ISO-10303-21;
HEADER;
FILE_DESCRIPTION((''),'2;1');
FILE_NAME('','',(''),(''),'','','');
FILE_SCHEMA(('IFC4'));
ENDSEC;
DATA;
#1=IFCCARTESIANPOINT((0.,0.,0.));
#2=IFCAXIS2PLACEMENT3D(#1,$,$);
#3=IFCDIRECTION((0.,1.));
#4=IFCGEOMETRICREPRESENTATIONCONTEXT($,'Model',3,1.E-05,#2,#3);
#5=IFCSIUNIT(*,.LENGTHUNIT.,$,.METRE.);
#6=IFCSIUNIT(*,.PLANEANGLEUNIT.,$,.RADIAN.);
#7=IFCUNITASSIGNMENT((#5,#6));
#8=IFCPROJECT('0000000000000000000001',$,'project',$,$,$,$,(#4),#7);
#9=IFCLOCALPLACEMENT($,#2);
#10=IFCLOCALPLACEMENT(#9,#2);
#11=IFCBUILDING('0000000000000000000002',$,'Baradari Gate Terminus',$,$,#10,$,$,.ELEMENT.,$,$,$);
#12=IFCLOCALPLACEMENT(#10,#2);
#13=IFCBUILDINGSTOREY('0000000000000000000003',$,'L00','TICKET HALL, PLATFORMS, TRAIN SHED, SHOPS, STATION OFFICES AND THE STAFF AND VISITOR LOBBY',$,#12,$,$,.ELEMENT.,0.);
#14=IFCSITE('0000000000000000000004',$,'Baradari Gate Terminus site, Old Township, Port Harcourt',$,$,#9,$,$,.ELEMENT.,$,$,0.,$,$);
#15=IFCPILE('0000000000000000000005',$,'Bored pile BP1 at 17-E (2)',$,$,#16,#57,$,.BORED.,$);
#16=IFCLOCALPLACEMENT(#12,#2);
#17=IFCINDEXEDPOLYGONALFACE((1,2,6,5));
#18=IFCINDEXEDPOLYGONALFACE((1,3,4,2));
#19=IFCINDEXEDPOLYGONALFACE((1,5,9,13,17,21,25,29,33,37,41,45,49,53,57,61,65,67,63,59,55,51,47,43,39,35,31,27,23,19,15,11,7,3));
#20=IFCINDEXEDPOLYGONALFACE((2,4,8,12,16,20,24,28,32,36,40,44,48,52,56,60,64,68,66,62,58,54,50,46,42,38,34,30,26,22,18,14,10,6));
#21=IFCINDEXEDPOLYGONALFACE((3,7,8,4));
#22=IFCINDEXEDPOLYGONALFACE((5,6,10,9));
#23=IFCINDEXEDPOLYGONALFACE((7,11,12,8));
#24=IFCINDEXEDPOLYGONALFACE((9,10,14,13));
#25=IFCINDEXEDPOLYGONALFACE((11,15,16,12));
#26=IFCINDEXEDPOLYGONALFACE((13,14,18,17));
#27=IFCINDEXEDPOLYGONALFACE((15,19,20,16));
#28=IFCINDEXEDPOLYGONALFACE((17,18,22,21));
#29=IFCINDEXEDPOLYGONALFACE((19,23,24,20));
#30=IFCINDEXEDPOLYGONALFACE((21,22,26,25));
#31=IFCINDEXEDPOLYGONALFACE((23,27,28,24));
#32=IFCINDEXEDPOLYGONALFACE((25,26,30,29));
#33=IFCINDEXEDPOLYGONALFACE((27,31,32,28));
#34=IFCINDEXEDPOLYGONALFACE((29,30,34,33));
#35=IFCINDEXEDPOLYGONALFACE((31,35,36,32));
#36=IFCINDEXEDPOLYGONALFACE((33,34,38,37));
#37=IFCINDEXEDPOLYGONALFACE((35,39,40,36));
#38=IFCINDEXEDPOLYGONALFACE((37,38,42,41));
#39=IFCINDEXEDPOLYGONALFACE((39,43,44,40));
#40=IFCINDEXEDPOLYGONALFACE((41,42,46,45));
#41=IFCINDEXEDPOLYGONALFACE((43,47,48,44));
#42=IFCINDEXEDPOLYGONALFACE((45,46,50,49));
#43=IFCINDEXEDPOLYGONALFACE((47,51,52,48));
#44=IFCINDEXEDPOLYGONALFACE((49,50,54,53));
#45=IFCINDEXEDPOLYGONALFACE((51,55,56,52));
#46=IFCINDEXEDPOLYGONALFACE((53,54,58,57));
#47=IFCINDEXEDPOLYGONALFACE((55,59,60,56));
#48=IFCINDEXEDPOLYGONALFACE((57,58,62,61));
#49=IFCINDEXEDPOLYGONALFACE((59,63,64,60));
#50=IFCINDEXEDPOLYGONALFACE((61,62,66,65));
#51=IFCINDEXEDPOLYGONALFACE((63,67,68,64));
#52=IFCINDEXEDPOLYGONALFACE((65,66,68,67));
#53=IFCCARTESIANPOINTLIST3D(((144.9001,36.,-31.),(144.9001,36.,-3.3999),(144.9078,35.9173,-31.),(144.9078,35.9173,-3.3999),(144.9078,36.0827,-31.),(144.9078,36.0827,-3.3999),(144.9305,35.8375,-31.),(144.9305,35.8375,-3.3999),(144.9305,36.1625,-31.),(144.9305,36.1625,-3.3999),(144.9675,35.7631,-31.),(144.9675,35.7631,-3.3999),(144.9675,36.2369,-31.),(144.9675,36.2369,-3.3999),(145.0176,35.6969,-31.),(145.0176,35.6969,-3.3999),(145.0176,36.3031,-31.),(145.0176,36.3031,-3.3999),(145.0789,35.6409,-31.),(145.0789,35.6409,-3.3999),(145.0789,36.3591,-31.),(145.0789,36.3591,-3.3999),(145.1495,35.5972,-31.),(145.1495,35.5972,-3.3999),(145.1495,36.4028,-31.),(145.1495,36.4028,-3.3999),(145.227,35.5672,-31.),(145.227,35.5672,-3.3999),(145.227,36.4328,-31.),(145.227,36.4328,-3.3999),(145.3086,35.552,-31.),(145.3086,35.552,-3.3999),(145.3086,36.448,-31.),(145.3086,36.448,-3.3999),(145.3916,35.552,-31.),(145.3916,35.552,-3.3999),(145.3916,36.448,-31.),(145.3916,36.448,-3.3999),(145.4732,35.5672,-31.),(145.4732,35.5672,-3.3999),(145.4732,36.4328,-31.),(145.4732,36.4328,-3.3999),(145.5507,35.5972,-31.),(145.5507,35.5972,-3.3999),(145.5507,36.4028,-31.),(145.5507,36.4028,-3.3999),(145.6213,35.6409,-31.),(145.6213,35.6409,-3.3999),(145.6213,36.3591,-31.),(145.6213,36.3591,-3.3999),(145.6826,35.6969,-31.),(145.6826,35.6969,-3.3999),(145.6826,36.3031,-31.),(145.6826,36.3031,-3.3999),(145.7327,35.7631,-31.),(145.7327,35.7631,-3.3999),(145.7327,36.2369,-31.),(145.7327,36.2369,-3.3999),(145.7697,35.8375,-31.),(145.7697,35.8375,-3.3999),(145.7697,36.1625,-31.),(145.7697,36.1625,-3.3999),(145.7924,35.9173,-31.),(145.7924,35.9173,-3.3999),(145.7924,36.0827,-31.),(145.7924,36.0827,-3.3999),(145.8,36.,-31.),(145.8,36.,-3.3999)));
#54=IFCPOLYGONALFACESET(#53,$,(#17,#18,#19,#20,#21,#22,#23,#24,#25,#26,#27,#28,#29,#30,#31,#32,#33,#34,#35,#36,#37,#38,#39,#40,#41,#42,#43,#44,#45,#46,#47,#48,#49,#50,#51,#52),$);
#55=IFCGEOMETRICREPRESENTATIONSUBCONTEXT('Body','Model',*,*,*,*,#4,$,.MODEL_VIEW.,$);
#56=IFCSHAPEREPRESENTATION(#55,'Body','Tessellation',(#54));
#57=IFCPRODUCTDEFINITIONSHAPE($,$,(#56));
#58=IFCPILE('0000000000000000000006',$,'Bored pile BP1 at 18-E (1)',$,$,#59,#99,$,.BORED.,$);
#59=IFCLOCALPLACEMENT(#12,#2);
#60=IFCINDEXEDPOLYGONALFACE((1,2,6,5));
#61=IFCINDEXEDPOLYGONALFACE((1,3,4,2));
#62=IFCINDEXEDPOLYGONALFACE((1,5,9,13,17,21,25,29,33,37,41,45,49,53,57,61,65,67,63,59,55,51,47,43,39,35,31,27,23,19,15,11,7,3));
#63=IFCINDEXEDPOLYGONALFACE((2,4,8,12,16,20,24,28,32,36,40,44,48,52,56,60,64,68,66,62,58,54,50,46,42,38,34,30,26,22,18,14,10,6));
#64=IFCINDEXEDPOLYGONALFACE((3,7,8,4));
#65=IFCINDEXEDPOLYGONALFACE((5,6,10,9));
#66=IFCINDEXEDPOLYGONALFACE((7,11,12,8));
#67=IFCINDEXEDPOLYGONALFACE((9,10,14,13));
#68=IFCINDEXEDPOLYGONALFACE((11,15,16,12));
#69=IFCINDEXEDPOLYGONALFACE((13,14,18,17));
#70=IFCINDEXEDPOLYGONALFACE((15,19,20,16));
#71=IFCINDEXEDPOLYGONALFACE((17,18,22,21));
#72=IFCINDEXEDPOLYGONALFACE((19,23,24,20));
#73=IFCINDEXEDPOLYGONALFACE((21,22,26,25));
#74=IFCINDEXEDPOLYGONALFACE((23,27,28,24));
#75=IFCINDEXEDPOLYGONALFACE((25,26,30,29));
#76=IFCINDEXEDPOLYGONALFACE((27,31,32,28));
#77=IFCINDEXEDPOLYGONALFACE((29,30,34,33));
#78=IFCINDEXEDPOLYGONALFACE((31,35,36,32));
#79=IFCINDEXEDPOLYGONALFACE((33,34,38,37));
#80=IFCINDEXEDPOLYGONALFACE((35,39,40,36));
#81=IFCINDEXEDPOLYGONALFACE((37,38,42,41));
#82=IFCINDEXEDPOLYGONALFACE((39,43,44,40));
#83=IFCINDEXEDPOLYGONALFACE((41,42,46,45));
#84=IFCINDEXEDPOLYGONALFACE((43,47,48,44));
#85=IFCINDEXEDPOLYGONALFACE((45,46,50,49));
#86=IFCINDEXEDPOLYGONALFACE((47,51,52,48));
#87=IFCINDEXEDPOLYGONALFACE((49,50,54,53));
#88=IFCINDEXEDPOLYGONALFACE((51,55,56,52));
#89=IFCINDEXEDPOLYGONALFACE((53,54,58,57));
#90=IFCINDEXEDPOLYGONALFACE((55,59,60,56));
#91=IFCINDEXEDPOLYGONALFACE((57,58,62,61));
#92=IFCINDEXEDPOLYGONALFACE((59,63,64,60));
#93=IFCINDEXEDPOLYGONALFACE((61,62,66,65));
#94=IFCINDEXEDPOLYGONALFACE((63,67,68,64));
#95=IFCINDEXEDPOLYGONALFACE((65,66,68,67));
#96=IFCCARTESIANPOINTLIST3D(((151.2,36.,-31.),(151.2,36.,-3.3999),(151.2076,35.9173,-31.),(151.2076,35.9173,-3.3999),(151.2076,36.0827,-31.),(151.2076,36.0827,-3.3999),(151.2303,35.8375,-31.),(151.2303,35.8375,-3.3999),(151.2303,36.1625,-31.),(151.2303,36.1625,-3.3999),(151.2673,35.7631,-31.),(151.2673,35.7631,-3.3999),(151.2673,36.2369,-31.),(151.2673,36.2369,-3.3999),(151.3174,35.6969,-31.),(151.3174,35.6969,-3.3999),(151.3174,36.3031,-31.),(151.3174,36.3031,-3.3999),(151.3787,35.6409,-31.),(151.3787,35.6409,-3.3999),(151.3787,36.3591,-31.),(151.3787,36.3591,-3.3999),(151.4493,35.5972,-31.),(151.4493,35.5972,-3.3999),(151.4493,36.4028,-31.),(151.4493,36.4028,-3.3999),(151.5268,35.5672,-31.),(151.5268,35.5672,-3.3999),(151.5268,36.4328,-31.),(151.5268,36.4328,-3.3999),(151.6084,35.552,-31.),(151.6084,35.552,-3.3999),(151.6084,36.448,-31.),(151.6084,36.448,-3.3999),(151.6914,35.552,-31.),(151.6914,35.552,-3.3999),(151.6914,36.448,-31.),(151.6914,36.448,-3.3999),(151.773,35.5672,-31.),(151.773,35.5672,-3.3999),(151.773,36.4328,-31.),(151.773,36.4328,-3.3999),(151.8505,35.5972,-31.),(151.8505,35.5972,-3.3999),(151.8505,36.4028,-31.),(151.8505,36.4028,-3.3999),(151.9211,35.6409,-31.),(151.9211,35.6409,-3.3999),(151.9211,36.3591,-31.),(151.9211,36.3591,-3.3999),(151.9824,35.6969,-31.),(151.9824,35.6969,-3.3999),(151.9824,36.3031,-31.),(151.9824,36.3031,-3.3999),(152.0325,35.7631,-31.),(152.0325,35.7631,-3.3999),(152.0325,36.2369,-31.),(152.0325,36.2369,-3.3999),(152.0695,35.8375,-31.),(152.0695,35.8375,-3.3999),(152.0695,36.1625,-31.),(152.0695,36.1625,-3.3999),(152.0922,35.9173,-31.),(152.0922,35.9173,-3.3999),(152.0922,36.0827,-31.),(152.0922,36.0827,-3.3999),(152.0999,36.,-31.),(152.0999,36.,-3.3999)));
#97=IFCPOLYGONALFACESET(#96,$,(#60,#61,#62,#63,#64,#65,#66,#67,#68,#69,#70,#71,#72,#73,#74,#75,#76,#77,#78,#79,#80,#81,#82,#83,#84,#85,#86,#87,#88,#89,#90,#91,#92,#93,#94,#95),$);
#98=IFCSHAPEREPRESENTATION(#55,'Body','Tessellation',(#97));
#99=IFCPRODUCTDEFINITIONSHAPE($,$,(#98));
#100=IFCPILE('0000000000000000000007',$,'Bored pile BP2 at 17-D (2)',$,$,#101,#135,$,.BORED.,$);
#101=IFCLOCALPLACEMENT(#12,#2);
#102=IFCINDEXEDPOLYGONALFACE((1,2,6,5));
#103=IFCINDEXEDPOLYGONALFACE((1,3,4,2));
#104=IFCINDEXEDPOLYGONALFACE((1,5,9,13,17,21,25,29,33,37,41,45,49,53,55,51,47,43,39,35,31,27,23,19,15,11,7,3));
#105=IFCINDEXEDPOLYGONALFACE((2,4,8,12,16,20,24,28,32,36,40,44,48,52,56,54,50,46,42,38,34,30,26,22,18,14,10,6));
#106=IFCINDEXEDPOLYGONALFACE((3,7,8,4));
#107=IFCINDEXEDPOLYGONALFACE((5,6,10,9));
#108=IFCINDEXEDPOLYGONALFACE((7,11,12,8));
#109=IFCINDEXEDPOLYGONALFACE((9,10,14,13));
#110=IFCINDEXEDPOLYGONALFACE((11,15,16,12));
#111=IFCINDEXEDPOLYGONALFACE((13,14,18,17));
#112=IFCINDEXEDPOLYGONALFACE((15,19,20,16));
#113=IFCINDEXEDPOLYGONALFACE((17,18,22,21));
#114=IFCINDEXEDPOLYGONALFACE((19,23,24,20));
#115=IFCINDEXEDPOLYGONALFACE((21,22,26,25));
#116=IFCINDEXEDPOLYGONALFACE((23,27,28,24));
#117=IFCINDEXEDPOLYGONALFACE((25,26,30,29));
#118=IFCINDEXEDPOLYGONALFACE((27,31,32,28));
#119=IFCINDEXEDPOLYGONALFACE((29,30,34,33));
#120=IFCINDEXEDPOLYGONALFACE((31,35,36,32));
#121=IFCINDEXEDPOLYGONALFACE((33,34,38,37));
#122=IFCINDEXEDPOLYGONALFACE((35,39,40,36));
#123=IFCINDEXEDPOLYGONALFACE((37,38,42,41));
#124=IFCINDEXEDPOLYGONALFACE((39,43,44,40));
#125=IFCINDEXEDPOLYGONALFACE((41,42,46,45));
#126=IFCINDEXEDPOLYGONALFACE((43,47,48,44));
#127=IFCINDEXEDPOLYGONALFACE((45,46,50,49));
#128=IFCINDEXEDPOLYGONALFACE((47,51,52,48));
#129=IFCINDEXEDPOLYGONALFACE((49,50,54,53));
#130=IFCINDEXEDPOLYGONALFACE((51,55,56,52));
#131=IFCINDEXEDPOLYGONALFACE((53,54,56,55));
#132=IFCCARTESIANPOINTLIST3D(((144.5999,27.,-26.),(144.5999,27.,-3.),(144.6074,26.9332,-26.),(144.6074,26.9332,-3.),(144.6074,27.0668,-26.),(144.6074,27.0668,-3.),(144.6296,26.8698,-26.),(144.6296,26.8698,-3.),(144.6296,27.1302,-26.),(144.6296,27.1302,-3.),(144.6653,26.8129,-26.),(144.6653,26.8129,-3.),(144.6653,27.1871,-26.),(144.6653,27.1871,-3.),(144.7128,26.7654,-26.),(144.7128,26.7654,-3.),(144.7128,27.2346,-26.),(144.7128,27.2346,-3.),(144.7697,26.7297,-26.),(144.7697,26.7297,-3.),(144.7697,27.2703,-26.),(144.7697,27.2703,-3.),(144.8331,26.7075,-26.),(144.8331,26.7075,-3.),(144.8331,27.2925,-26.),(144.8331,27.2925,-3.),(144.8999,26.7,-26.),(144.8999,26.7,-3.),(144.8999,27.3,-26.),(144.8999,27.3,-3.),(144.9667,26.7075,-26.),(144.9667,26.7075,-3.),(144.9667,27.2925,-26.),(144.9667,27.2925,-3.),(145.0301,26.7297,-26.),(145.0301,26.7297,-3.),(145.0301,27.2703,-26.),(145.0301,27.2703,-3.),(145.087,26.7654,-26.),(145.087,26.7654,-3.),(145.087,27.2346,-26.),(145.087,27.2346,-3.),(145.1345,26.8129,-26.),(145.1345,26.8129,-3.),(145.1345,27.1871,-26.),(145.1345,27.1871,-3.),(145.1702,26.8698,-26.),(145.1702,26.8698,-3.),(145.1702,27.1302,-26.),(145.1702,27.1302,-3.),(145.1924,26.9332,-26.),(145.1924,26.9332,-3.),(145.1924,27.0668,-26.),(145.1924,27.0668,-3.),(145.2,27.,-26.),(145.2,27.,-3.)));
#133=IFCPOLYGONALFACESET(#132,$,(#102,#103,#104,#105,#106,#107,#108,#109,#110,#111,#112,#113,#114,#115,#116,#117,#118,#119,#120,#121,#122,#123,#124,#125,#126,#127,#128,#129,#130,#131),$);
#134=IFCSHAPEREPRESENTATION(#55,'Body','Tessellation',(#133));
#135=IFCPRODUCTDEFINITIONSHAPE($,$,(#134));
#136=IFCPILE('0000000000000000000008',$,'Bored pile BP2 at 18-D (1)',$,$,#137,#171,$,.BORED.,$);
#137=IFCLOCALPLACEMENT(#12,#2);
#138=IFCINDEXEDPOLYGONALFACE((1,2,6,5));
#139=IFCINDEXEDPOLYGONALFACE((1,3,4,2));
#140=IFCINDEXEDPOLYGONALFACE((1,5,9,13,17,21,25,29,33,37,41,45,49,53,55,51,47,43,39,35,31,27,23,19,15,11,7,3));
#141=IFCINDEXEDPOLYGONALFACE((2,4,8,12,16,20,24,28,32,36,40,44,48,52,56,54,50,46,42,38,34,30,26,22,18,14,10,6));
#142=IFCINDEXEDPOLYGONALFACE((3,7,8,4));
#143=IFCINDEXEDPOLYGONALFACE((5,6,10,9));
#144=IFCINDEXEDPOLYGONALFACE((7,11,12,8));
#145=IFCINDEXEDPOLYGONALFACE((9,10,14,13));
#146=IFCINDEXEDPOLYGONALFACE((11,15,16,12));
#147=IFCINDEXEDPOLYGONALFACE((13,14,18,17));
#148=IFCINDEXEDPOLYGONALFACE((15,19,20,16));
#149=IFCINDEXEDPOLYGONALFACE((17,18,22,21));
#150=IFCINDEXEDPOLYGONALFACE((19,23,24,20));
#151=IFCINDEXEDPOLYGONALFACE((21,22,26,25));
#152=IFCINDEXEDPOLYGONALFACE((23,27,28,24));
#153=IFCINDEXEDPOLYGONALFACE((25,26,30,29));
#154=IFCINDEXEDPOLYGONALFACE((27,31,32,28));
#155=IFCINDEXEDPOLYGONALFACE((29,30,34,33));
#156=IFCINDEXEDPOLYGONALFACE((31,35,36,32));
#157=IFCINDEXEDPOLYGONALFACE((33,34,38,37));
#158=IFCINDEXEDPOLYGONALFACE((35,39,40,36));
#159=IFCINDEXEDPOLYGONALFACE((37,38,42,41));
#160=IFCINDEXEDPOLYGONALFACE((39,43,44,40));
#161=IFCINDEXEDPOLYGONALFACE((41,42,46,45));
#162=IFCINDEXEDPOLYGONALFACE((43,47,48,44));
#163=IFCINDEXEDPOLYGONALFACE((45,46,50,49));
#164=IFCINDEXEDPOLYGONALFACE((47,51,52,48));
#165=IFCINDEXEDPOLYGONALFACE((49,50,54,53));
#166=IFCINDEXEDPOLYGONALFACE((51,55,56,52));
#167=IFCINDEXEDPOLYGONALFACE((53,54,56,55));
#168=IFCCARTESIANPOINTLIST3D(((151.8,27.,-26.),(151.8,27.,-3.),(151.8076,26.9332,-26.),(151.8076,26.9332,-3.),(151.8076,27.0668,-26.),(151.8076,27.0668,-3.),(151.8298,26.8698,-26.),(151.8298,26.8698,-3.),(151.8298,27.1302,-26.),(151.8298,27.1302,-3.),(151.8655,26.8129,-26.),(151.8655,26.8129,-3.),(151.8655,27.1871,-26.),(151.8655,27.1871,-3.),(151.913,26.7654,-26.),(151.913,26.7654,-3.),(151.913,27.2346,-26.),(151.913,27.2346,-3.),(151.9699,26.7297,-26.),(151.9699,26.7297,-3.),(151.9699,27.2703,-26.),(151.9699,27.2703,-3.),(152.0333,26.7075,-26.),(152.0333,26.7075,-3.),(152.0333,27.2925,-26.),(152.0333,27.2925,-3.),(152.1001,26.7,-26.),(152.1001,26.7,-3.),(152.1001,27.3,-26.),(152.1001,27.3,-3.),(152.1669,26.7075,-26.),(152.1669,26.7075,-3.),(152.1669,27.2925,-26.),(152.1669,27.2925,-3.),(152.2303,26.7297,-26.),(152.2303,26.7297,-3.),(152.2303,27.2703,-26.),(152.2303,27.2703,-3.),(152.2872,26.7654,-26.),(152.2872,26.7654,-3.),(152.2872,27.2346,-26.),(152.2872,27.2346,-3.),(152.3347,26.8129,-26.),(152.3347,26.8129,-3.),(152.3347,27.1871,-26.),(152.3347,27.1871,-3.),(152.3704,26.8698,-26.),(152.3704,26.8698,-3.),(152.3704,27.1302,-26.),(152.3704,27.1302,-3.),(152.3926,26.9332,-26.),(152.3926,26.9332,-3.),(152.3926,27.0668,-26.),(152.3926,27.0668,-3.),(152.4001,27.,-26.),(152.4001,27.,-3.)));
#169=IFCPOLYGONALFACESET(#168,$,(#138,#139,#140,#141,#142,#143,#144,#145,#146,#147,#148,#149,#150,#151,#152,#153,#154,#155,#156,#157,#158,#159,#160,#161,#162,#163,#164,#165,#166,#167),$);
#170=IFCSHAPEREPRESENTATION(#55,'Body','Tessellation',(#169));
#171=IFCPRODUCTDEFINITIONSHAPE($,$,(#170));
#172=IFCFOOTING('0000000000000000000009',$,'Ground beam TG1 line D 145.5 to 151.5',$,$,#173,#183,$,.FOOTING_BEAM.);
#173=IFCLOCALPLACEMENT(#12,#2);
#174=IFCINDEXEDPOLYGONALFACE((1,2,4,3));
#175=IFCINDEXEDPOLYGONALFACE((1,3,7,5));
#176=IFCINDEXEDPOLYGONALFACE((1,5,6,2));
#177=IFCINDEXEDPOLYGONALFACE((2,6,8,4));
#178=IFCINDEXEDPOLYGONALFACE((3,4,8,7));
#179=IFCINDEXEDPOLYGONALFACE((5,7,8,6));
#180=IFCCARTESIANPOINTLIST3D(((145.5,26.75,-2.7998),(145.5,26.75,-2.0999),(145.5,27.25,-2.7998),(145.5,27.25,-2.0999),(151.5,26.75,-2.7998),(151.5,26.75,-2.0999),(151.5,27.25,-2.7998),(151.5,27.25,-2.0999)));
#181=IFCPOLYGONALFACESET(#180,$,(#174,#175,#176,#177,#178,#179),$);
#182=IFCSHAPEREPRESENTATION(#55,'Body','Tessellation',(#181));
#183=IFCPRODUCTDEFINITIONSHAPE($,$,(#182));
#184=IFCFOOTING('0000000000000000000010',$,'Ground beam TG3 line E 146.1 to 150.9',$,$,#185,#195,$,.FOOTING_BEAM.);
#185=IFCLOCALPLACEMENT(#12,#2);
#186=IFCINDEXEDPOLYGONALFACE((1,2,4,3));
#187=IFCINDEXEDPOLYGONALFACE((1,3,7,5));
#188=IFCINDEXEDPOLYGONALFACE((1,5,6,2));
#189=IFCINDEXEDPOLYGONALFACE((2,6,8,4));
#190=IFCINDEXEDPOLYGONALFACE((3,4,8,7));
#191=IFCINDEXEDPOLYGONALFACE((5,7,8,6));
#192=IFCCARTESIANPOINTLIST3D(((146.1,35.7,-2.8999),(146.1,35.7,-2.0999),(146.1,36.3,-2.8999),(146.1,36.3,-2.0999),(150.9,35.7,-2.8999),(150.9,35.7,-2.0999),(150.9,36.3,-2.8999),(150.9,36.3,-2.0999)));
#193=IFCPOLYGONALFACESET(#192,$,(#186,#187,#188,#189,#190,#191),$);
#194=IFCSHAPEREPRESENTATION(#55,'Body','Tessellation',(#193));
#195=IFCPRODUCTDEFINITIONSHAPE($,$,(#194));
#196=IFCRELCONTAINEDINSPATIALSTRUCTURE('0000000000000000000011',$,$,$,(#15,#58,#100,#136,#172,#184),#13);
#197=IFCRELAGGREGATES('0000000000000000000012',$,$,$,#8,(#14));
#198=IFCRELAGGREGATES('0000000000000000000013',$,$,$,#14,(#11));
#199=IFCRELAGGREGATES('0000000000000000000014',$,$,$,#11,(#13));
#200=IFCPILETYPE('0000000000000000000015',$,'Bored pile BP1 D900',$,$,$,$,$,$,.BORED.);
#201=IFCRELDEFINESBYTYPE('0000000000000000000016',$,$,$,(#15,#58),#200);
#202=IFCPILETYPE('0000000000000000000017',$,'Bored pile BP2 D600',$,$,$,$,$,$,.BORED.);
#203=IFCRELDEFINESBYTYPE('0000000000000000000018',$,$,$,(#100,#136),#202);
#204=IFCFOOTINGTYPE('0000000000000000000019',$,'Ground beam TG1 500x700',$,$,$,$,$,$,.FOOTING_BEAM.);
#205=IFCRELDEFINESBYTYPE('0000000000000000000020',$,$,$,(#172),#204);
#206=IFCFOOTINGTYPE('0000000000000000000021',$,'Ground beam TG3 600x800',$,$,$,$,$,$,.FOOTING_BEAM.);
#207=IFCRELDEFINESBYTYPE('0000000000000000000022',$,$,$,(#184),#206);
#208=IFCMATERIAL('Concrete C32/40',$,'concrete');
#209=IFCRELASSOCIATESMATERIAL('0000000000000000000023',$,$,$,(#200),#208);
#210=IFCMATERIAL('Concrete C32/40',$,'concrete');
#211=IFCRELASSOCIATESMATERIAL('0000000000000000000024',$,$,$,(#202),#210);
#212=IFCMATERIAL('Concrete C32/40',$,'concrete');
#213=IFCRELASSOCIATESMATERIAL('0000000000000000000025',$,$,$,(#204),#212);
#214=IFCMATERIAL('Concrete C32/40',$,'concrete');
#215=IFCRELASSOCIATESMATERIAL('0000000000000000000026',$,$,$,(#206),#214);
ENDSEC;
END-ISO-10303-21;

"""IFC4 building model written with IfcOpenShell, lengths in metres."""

from ifc_helpers import new_model, si_unit, direction, frame, origin, origin_2d, place, context, subcontext, project, spatial, rectangle, circle, extrude, material, type_object, element, save


model = new_model("IFC4")

# Units and contexts
model_context = context("Model", 3, precision=1e-05, world=origin(), true_north=direction((0.0, 1.0)))
body_context = subcontext(model_context, "Body", "Model", "MODEL_VIEW")
ifc_project = project(units=[si_unit("LENGTHUNIT", "METRE"), si_unit("PLANEANGLEUNIT", "RADIAN")], contexts=[model_context])

# Site, building, storey
site_placement = place(None, origin())
site = spatial("IfcSite", under=ifc_project, at=site_placement, Name="Baradari Gate Terminus site, Old Township, Port Harcourt", CompositionType="ELEMENT", RefElevation=0.0)
building_placement = place(site_placement, origin())
building = spatial("IfcBuilding", under=site, at=building_placement, Name="Baradari Gate Terminus", CompositionType="ELEMENT")
storey_placement = place(building_placement, origin())
storey = spatial("IfcBuildingStorey", under=building, at=storey_placement, Name="L00", Description="TICKET HALL, PLATFORMS, TRAIN SHED, SHOPS, STATION OFFICES AND THE STAFF AND VISITOR LOBBY", CompositionType="ELEMENT", Elevation=0.0)

# Piles
ifc_material_1 = material(Name="Concrete C32/40", Category="concrete")
pile_type_1 = type_object("IfcPileType", Name="Bored pile BP1 D900", PredefinedType="BORED", material=ifc_material_1)
for number, where, z_axis, x_axis, name in (
    (1, (145.3501, 36.0, -3.3999), (0.0, 0.0, -1.0), (1.0, 0.0, 0.0), "Bored pile BP1 at 17-E (2)"),
    (2, (151.6499, 36.0, -3.3999), (0.0, 0.0, -1.0), (1.0, 0.0, 0.0), "Bored pile BP1 at 18-E (1)"),
):
    element("IfcPile", number, at=place(storey_placement, frame(where, z_axis=z_axis, x_axis=x_axis)), inside=storey, type_object=pile_type_1, Name=name, PredefinedType="BORED", context=body_context, shape_type="SweptSolid", body=[
        extrude(circle(Radius=0.45, at=origin_2d()), origin(), (0.0, 0.0, 1.0), 27.6001),
    ])
ifc_material_2 = material(Name="Concrete C32/40", Category="concrete")
pile_type_2 = type_object("IfcPileType", Name="Bored pile BP2 D600", PredefinedType="BORED", material=ifc_material_2)
for number, where, z_axis, x_axis, name in (
    (3, (144.8999, 27.0, -3.0), (0.0, 0.0, -1.0), (1.0, 0.0, 0.0), "Bored pile BP2 at 17-D (2)"),
    (4, (152.1001, 27.0, -3.0), (0.0, 0.0, -1.0), (1.0, 0.0, 0.0), "Bored pile BP2 at 18-D (1)"),
):
    element("IfcPile", number, at=place(storey_placement, frame(where, z_axis=z_axis, x_axis=x_axis)), inside=storey, type_object=pile_type_2, Name=name, PredefinedType="BORED", context=body_context, shape_type="SweptSolid", body=[
        extrude(circle(Radius=0.3, at=origin_2d()), origin(), (0.0, 0.0, 1.0), 23.0),
    ])

# Footings
ifc_material_3 = material(Name="Concrete C32/40", Category="concrete")
footing_type_1 = type_object("IfcFootingType", Name="Ground beam TG1 500x700", PredefinedType="FOOTING_BEAM", material=ifc_material_3)
footing_1_placement = place(storey_placement, frame((148.5, 27.0, -2.7998), z_axis=(0.0, 0.0, 1.0), x_axis=(1.0, 0.0, 0.0)))
element("IfcFooting", 5, at=footing_1_placement, inside=storey, type_object=footing_type_1, Name="Ground beam TG1 line D 145.5 to 151.5", PredefinedType="FOOTING_BEAM", context=body_context, shape_type="SweptSolid", body=[
    extrude(rectangle(XDim=6.0, YDim=0.5, at=origin_2d()), origin(), (0.0, 0.0, 1.0), 0.7),
])
ifc_material_4 = material(Name="Concrete C32/40", Category="concrete")
footing_type_2 = type_object("IfcFootingType", Name="Ground beam TG3 600x800", PredefinedType="FOOTING_BEAM", material=ifc_material_4)
footing_2_placement = place(storey_placement, frame((148.5, 36.0, -2.8999), z_axis=(0.0, 0.0, 1.0), x_axis=(1.0, 0.0, 0.0)))
element("IfcFooting", 6, at=footing_2_placement, inside=storey, type_object=footing_type_2, Name="Ground beam TG3 line E 146.1 to 150.9", PredefinedType="FOOTING_BEAM", context=body_context, shape_type="SweptSolid", body=[
    extrude(rectangle(XDim=4.8, YDim=0.6001, at=origin_2d()), origin(), (0.0, 0.0, 1.0), 0.8),
])

save(model, "model.ifc")
